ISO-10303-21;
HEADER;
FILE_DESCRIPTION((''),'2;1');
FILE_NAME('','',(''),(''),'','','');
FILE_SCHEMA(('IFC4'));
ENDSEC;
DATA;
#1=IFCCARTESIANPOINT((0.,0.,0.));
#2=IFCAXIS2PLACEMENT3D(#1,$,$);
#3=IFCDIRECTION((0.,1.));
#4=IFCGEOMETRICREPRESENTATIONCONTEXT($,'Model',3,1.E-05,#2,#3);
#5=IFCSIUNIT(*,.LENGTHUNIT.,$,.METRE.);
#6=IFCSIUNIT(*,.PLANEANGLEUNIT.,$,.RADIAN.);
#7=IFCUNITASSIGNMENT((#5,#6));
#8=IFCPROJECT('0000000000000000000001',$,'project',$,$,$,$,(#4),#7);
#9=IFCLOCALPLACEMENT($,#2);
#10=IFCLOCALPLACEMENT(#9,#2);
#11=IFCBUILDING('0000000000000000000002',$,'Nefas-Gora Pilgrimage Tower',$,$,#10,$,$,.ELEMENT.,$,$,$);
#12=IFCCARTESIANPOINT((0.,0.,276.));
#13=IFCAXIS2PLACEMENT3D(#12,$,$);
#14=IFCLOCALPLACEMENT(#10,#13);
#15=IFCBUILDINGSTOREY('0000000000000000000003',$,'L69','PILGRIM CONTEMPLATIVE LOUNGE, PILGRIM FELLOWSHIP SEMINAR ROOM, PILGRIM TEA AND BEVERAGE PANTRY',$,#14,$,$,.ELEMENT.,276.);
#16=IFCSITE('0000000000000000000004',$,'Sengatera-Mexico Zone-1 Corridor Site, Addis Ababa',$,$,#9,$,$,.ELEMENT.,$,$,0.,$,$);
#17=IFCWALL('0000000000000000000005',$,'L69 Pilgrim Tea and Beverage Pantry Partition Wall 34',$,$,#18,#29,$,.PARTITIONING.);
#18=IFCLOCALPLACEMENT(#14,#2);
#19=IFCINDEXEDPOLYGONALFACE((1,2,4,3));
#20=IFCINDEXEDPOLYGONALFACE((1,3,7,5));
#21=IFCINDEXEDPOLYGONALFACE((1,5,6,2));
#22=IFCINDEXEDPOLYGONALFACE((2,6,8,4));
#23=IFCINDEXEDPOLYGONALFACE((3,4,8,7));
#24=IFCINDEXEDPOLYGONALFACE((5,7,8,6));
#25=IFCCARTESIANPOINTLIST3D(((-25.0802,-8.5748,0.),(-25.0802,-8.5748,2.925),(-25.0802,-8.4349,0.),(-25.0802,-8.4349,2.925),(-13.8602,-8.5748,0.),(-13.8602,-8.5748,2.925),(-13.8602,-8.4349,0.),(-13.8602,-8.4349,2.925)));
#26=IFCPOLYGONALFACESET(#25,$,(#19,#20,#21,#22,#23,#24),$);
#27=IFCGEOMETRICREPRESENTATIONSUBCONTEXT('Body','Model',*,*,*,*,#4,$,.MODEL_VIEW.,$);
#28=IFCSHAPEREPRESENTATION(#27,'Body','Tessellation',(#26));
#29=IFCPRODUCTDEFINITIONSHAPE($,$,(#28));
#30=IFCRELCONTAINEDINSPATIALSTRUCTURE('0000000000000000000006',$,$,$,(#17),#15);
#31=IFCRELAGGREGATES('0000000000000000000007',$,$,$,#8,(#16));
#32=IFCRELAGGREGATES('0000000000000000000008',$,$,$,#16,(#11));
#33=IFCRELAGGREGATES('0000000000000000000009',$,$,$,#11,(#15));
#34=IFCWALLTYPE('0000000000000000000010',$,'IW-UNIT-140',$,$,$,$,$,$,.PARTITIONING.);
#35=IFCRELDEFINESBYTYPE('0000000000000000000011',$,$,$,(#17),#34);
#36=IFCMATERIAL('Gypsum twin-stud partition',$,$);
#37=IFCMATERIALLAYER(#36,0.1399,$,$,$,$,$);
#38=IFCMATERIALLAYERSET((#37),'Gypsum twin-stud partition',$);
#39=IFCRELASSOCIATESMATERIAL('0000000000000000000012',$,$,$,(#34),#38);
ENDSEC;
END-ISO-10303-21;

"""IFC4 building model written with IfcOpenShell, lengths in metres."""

from ifc_helpers import new_model, si_unit, direction, frame, frame_2d, origin, place, context, subcontext, project, spatial, rectangle, extrude, source, transform, mapped, material, layer, layer_set, type_object, element, save


model = new_model("IFC4")

# Units and contexts
model_context = context("Model", 3, precision=1e-05, world=origin(), true_north=direction((0.0, 1.0)))
body_context = subcontext(model_context, "Body", "Model", "MODEL_VIEW")
ifc_project = project(units=[si_unit("LENGTHUNIT", "METRE"), si_unit("PLANEANGLEUNIT", "RADIAN")], contexts=[model_context])

# Site, building, storey
site_placement = place(None, origin())
site = spatial("IfcSite", under=ifc_project, at=site_placement, Name="Sengatera-Mexico Zone-1 Corridor Site, Addis Ababa", CompositionType="ELEMENT", RefElevation=0.0)
building_placement = place(site_placement, origin())
building = spatial("IfcBuilding", under=site, at=building_placement, Name="Nefas-Gora Pilgrimage Tower", CompositionType="ELEMENT")
storey_placement = place(building_placement, frame((0.0, 0.0, 276.0)))
storey = spatial("IfcBuildingStorey", under=building, at=storey_placement, Name="L69", Description="PILGRIM CONTEMPLATIVE LOUNGE, PILGRIM FELLOWSHIP SEMINAR ROOM, PILGRIM TEA AND BEVERAGE PANTRY", CompositionType="ELEMENT", Elevation=276.0)

# Shared definitions
ifc_material_1 = material(Name="Gypsum twin-stud partition")
ifc_layer_1 = layer(ifc_material_1, 0.1399)
ifc_layer_set_1 = layer_set([ifc_layer_1], Name="Gypsum twin-stud partition")
wall_type_1 = type_object("IfcWallType", Name="IW-UNIT-140", PredefinedType="PARTITIONING", material=ifc_layer_set_1)

# Wall
shared_shape_1 = source(origin(), body_context, "Body", "SweptSolid", [
    extrude(rectangle(XDim=11.22, YDim=0.1399, at=frame_2d((5.6099, 0.0))), origin(), (0.0, 0.0, 1.0), 2.925),
])
wall_1_placement = place(storey_placement, frame((-25.0801, -8.5049, 0.0), z_axis=(0.0, 0.0, 1.0), x_axis=(1.0, 0.0, 0.0)))
element("IfcWall", 1, at=wall_1_placement, inside=storey, type_object=wall_type_1, Name="L69 Pilgrim Tea and Beverage Pantry Partition Wall 34", PredefinedType="PARTITIONING", context=body_context, shape_type="MappedRepresentation", body=[
    mapped(shared_shape_1, transform((0.0, 0.0, 0.0), x_axis=(1.0, 0.0, 0.0), y_axis=(0.0, 1.0, 0.0), z_axis=(0.0, 0.0, 1.0), scale=1.0)),
])

save(model, "model.ifc")
